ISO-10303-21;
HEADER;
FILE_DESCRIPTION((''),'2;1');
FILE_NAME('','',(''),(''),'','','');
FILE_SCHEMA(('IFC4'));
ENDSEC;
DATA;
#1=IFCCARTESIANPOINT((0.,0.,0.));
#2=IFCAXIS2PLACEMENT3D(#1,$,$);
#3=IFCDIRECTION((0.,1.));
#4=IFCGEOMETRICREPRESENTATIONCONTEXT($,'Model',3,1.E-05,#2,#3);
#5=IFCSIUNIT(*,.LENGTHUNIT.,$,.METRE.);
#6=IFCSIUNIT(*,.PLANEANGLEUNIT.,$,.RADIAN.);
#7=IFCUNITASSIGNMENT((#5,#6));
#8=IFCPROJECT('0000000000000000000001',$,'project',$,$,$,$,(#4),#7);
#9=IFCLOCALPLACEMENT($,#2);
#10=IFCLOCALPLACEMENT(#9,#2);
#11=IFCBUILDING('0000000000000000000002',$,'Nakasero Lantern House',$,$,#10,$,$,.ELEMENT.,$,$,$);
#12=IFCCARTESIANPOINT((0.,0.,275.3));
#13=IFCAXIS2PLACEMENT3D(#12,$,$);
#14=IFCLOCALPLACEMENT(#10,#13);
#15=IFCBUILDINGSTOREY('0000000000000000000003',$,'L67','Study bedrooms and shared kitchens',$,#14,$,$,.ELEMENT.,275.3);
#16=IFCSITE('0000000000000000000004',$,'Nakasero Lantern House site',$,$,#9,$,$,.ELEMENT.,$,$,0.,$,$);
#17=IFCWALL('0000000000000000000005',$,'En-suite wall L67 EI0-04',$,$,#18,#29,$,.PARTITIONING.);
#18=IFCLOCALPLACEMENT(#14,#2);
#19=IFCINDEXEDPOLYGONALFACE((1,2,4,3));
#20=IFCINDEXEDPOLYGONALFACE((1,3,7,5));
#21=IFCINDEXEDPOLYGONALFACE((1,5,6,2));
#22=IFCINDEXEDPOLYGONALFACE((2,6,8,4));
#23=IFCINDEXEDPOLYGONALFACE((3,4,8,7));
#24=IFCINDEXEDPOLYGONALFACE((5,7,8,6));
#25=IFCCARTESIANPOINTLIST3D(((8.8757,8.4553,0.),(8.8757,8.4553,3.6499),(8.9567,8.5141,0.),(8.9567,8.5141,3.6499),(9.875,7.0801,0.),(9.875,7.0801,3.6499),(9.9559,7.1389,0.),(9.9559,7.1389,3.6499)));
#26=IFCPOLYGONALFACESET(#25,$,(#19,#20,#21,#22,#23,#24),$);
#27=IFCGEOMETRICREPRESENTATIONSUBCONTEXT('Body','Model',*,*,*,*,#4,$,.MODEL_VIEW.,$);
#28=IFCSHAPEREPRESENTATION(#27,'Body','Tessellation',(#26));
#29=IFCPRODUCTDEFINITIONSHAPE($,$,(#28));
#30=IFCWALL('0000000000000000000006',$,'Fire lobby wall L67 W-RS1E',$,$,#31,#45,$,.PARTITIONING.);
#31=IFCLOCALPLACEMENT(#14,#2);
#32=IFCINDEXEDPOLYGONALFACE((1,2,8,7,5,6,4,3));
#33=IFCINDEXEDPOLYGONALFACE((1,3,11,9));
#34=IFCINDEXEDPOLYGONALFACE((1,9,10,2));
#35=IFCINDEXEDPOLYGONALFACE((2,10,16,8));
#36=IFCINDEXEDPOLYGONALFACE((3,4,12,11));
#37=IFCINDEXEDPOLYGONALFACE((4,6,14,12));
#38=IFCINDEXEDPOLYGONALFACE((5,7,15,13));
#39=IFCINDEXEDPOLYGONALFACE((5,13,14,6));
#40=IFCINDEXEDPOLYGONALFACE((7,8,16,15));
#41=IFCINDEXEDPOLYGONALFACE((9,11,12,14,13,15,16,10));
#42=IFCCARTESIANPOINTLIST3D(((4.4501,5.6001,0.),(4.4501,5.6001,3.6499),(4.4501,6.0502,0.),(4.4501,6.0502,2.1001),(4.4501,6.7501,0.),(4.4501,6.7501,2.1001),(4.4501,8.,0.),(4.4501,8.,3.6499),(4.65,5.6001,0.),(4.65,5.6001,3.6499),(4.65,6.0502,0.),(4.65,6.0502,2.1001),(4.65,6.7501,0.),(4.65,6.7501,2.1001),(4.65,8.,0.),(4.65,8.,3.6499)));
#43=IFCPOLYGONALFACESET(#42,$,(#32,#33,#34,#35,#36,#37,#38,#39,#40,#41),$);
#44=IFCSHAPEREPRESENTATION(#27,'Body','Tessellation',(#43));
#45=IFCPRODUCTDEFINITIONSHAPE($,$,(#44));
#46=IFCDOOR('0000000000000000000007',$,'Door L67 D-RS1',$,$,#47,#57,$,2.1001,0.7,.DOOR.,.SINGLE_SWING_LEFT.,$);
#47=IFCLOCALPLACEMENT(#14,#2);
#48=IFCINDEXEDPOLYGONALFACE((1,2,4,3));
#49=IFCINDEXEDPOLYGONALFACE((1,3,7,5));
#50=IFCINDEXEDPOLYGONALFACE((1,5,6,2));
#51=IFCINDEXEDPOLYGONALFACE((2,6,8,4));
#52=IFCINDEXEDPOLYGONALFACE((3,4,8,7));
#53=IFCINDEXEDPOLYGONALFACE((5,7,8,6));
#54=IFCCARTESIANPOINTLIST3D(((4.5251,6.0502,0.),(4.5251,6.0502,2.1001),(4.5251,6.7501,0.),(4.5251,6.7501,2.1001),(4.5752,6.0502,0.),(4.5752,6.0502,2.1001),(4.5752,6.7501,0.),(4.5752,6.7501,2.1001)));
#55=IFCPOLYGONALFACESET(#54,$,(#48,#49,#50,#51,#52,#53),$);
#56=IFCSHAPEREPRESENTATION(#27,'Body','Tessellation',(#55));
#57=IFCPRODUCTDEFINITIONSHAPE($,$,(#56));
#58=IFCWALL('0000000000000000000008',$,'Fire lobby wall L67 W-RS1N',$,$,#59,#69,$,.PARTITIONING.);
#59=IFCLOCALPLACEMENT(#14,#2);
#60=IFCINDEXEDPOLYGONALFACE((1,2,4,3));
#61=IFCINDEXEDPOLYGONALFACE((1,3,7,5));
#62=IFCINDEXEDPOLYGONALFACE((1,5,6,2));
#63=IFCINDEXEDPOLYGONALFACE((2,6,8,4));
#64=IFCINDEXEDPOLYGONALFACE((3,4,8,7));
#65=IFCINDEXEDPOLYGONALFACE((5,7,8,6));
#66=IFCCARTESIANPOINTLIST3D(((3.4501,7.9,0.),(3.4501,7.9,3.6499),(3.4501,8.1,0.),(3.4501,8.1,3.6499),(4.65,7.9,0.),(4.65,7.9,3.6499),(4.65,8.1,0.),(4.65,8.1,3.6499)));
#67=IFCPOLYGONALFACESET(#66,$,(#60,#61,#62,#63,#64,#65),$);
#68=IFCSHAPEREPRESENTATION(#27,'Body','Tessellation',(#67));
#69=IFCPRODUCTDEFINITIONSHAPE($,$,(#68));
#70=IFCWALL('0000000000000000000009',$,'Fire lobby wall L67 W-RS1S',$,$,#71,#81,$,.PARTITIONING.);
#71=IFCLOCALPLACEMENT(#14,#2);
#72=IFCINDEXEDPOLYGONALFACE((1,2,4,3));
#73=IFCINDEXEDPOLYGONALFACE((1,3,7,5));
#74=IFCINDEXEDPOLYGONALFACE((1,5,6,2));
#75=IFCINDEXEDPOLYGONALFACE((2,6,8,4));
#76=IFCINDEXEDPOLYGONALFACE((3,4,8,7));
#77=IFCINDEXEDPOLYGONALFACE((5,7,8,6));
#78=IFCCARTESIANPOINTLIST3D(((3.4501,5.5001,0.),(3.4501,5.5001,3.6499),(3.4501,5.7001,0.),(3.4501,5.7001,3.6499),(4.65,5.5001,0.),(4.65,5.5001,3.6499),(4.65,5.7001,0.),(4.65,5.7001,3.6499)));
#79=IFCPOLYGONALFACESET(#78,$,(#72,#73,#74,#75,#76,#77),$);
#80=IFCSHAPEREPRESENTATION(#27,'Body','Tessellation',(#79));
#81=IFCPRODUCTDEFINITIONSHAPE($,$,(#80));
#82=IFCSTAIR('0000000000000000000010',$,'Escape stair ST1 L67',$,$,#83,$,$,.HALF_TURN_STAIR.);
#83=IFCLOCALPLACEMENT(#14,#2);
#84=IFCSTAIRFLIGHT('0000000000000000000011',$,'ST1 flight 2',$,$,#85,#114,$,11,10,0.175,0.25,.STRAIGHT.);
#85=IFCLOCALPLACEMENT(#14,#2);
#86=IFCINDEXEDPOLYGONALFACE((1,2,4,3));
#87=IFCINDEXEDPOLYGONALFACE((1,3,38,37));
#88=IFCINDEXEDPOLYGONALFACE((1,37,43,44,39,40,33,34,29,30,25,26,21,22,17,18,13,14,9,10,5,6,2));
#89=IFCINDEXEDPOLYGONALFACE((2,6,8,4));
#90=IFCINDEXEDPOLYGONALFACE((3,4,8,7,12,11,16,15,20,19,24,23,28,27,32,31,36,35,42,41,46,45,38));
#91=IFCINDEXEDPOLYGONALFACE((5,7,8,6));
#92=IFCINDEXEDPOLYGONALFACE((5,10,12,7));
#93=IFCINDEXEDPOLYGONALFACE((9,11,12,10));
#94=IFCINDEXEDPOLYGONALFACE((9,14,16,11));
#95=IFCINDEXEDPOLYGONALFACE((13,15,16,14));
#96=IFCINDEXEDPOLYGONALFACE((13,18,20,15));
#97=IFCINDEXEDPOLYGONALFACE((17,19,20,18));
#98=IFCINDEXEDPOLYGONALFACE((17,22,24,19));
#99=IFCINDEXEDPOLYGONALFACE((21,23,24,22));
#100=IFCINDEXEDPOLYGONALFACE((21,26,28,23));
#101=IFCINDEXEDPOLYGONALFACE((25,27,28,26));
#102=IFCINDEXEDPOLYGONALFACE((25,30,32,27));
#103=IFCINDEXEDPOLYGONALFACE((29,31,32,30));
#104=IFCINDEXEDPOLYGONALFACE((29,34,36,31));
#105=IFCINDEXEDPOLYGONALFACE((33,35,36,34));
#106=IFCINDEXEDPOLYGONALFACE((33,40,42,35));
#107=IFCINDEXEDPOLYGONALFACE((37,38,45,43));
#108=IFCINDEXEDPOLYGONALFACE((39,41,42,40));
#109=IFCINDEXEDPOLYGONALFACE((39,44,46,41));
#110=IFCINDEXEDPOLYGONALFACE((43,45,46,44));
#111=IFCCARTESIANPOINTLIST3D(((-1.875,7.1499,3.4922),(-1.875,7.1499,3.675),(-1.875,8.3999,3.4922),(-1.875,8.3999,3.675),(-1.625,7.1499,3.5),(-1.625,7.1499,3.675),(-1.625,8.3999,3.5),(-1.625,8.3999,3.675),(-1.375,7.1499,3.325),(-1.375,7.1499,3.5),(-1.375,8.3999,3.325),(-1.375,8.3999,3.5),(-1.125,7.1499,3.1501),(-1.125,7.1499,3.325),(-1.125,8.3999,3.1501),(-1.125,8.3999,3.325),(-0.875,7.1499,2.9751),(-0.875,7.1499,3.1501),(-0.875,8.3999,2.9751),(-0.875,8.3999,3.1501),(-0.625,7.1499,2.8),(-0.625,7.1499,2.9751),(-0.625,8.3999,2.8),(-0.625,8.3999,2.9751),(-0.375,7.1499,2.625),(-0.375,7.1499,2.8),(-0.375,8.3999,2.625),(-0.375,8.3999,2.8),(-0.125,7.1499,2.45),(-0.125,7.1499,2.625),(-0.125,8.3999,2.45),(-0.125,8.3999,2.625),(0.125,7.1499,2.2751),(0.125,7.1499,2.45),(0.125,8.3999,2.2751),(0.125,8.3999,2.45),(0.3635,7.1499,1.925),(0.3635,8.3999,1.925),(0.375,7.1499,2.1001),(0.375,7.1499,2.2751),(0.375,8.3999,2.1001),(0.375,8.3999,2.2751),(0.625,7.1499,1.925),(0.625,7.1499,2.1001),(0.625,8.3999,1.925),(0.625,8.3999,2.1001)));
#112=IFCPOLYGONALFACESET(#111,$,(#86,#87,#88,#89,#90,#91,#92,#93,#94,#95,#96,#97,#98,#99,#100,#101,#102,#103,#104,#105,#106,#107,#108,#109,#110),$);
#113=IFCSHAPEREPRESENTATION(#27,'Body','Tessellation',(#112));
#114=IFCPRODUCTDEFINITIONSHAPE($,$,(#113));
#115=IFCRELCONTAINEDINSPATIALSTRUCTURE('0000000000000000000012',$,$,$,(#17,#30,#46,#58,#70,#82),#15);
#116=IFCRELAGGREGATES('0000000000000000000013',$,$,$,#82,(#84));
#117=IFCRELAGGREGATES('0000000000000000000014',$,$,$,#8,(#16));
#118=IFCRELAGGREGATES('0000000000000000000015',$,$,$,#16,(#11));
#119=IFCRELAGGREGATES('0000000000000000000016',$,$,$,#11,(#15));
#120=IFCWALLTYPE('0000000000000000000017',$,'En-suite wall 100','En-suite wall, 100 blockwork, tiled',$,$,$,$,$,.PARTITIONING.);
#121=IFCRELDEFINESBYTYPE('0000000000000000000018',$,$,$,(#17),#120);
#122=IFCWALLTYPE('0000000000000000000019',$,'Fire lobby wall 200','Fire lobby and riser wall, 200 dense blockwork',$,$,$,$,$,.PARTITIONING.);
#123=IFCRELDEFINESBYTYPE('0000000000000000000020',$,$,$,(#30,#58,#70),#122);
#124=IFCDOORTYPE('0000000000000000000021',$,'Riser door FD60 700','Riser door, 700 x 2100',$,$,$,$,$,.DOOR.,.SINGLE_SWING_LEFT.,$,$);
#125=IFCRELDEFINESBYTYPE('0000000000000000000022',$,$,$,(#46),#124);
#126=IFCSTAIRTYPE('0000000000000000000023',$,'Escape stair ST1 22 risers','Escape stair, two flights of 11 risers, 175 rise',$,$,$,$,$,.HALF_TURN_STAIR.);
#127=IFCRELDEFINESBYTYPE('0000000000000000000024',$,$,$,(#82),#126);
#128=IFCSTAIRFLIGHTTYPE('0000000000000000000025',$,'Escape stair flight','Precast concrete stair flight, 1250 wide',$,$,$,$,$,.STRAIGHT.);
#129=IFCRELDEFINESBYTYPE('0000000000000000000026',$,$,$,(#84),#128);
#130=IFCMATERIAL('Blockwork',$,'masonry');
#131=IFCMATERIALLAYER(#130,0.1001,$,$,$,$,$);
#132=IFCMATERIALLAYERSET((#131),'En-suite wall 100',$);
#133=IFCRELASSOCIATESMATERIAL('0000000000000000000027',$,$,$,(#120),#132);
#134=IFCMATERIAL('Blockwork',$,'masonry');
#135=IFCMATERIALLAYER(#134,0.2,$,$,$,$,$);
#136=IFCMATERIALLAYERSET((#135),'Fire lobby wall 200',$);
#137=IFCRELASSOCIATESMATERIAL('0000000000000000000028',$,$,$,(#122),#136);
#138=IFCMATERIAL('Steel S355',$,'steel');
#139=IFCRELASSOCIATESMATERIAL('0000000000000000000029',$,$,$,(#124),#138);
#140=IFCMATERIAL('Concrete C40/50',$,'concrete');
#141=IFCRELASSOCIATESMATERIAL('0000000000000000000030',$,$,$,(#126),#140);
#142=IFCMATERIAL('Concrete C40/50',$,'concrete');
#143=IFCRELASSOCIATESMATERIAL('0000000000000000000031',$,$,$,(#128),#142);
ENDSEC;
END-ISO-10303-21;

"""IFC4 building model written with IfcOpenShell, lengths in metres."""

from ifc_helpers import new_model, si_unit, direction, frame, frame_2d, origin, place, context, subcontext, project, spatial, polyline, rectangle, outline, extrude, material, layer, layer_set, type_object, element, fill, aggregate, save


model = new_model("IFC4")

# Units and contexts
model_context = context("Model", 3, precision=1e-05, world=origin(), true_north=direction((0.0, 1.0)))
body_context = subcontext(model_context, "Body", "Model", "MODEL_VIEW")
ifc_project = project(units=[si_unit("LENGTHUNIT", "METRE"), si_unit("PLANEANGLEUNIT", "RADIAN")], contexts=[model_context])

# Site, building, storey
site_placement = place(None, origin())
site = spatial("IfcSite", under=ifc_project, at=site_placement, Name="Nakasero Lantern House site", CompositionType="ELEMENT", RefElevation=0.0)
building_placement = place(site_placement, origin())
building = spatial("IfcBuilding", under=site, at=building_placement, Name="Nakasero Lantern House", CompositionType="ELEMENT")
storey_placement = place(building_placement, frame((0.0, 0.0, 275.3)))
storey = spatial("IfcBuildingStorey", under=building, at=storey_placement, Name="L67", Description="Study bedrooms and shared kitchens", CompositionType="ELEMENT", Elevation=275.3)

# Wall
ifc_material_1 = material(Name="Blockwork", Category="masonry")
ifc_layer_1 = layer(ifc_material_1, 0.1001)
ifc_layer_set_1 = layer_set([ifc_layer_1], Name="En-suite wall 100")
wall_type_1 = type_object("IfcWallType", Name="En-suite wall 100", Description="En-suite wall, 100 blockwork, tiled", PredefinedType="PARTITIONING", material=ifc_layer_set_1)
wall_1_placement = place(storey_placement, frame((9.9155, 7.1094, 0.0), z_axis=(0.0, 0.0, 1.0), x_axis=(-0.587822, 0.808991, 0.0)))
element("IfcWall", 1, at=wall_1_placement, inside=storey, type_object=wall_type_1, Name="En-suite wall L67 EI0-04", PredefinedType="PARTITIONING", context=body_context, shape_type="SweptSolid", body=[
    extrude(rectangle(XDim=1.7, YDim=0.1001, at=frame_2d((0.8501, 0.0))), origin(), (0.0, 0.0, 1.0), 3.6499),
])

# Wall, opening, door
ifc_material_2 = material(Name="Blockwork", Category="masonry")
ifc_layer_2 = layer(ifc_material_2, 0.2)
ifc_layer_set_2 = layer_set([ifc_layer_2], Name="Fire lobby wall 200")
wall_type_2 = type_object("IfcWallType", Name="Fire lobby wall 200", Description="Fire lobby and riser wall, 200 dense blockwork", PredefinedType="PARTITIONING", material=ifc_layer_set_2)
wall_2_placement = place(storey_placement, frame((4.55, 5.6001, 0.0), z_axis=(0.0, 0.0, 1.0), x_axis=(0.0, 1.0, 0.0)))
wall_2 = element("IfcWall", 2, at=wall_2_placement, inside=storey, type_object=wall_type_2, Name="Fire lobby wall L67 W-RS1E", PredefinedType="PARTITIONING", context=body_context, shape_type="SweptSolid", body=[
    extrude(rectangle(XDim=2.3999, YDim=0.2, at=frame_2d((1.2, 0.0))), origin(), (0.0, 0.0, 1.0), 3.6499),
])
opening_1_placement = place(wall_2_placement, frame((0.45, 0.0, 0.0)))
opening_1 = element("IfcOpeningElement", 3, at=opening_1_placement, cuts=wall_2, PredefinedType="OPENING", context=body_context, shape_type="SweptSolid", body=[
    extrude(rectangle(XDim=0.7, YDim=2.1001, at=frame_2d((0.3501, 1.05))), frame((0.0, 0.1199, 0.0), z_axis=(0.0, -1.0, 0.0), x_axis=(1.0, 0.0, 0.0)), (0.0, 0.0, 1.0), 0.24),
])
ifc_material_3 = material(Name="Steel S355", Category="steel")
door_type_1 = type_object("IfcDoorType", Name="Riser door FD60 700", Description="Riser door, 700 x 2100", OperationType="SINGLE_SWING_LEFT", PredefinedType="DOOR", material=ifc_material_3)
door_1_placement = place(opening_1_placement, origin())
door_1 = element("IfcDoor", 4, at=door_1_placement, inside=storey, type_object=door_type_1, Name="Door L67 D-RS1", OperationType="SINGLE_SWING_LEFT", OverallHeight=2.1001, OverallWidth=0.7, PredefinedType="DOOR", context=body_context, shape_type="SweptSolid", body=[
    extrude(rectangle(XDim=0.7, YDim=2.1001, at=frame_2d((0.3501, 1.05))), frame((0.0, 0.0249, 0.0), z_axis=(0.0, -1.0, 0.0), x_axis=(1.0, 0.0, 0.0)), (0.0, 0.0, 1.0), 0.05),
])
fill(opening_1, door_1)

# Walls
for number, where, z_axis, x_axis, name in (
    (5, (3.45, 8.0, 0.0), (0.0, 0.0, 1.0), (1.0, 0.0, 0.0), "Fire lobby wall L67 W-RS1N"),
    (6, (3.45, 5.6001, 0.0), (0.0, 0.0, 1.0), (1.0, 0.0, 0.0), "Fire lobby wall L67 W-RS1S"),
):
    element("IfcWall", number, at=place(storey_placement, frame(where, z_axis=z_axis, x_axis=x_axis)), inside=storey, type_object=wall_type_2, Name=name, PredefinedType="PARTITIONING", context=body_context, shape_type="SweptSolid", body=[
        extrude(rectangle(XDim=1.2, YDim=0.2, at=frame_2d((0.6001, 0.0))), origin(), (0.0, 0.0, 1.0), 3.6499),
    ])

# Stair, stair flight
ifc_material_4 = material(Name="Concrete C40/50", Category="concrete")
stair_type_1 = type_object("IfcStairType", Name="Escape stair ST1 22 risers", Description="Escape stair, two flights of 11 risers, 175 rise", PredefinedType="HALF_TURN_STAIR", material=ifc_material_4)
stair_1_placement = place(storey_placement, origin())
stair_1 = element("IfcStair", 7, at=stair_1_placement, inside=storey, type_object=stair_type_1, Name="Escape stair ST1 L67", PredefinedType="HALF_TURN_STAIR")
ifc_material_5 = material(Name="Concrete C40/50", Category="concrete")
stair_flight_type = type_object("IfcStairFlightType", Name="Escape stair flight", Description="Precast concrete stair flight, 1250 wide", PredefinedType="STRAIGHT", material=ifc_material_5)
stair_flight_placement = place(storey_placement, frame((0.625, 7.7749, 1.925), z_axis=(0.0, 0.0, 1.0), x_axis=(-1.0, 0.0, 0.0)))
stair_flight = element("IfcStairFlight", 8, at=stair_flight_placement, type_object=stair_flight_type, Name="ST1 flight 2", NumberOfRisers=11, NumberOfTreads=10, PredefinedType="STRAIGHT", RiserHeight=0.175, TreadLength=0.25, context=body_context, shape_type="SweptSolid", body=[
    extrude(outline(polyline([(0.0, 0.0), (0.0, 0.175), (0.25, 0.175), (0.25, 0.3501), (0.5, 0.3501), (0.5, 0.5249), (0.75, 0.5249), (0.75, 0.7), (1.0, 0.7), (1.0, 0.875), (1.25, 0.875), (1.25, 1.05), (1.5, 1.05), (1.5, 1.2251), (1.75, 1.2251), (1.75, 1.3999), (2.0, 1.3999), (2.0, 1.575), (2.25, 1.575), (2.25, 1.75), (2.5, 1.75), (2.5, 1.925), (2.5, 1.5671), (0.2615, 0.0), (0.0, 0.0)])), frame((0.0, 0.625, 0.0), z_axis=(0.0, -1.0, 0.0), x_axis=(1.0, 0.0, 0.0)), (0.0, 0.0, 1.0), 1.25),
])
aggregate(stair_1, [stair_flight])

save(model, "model.ifc")
